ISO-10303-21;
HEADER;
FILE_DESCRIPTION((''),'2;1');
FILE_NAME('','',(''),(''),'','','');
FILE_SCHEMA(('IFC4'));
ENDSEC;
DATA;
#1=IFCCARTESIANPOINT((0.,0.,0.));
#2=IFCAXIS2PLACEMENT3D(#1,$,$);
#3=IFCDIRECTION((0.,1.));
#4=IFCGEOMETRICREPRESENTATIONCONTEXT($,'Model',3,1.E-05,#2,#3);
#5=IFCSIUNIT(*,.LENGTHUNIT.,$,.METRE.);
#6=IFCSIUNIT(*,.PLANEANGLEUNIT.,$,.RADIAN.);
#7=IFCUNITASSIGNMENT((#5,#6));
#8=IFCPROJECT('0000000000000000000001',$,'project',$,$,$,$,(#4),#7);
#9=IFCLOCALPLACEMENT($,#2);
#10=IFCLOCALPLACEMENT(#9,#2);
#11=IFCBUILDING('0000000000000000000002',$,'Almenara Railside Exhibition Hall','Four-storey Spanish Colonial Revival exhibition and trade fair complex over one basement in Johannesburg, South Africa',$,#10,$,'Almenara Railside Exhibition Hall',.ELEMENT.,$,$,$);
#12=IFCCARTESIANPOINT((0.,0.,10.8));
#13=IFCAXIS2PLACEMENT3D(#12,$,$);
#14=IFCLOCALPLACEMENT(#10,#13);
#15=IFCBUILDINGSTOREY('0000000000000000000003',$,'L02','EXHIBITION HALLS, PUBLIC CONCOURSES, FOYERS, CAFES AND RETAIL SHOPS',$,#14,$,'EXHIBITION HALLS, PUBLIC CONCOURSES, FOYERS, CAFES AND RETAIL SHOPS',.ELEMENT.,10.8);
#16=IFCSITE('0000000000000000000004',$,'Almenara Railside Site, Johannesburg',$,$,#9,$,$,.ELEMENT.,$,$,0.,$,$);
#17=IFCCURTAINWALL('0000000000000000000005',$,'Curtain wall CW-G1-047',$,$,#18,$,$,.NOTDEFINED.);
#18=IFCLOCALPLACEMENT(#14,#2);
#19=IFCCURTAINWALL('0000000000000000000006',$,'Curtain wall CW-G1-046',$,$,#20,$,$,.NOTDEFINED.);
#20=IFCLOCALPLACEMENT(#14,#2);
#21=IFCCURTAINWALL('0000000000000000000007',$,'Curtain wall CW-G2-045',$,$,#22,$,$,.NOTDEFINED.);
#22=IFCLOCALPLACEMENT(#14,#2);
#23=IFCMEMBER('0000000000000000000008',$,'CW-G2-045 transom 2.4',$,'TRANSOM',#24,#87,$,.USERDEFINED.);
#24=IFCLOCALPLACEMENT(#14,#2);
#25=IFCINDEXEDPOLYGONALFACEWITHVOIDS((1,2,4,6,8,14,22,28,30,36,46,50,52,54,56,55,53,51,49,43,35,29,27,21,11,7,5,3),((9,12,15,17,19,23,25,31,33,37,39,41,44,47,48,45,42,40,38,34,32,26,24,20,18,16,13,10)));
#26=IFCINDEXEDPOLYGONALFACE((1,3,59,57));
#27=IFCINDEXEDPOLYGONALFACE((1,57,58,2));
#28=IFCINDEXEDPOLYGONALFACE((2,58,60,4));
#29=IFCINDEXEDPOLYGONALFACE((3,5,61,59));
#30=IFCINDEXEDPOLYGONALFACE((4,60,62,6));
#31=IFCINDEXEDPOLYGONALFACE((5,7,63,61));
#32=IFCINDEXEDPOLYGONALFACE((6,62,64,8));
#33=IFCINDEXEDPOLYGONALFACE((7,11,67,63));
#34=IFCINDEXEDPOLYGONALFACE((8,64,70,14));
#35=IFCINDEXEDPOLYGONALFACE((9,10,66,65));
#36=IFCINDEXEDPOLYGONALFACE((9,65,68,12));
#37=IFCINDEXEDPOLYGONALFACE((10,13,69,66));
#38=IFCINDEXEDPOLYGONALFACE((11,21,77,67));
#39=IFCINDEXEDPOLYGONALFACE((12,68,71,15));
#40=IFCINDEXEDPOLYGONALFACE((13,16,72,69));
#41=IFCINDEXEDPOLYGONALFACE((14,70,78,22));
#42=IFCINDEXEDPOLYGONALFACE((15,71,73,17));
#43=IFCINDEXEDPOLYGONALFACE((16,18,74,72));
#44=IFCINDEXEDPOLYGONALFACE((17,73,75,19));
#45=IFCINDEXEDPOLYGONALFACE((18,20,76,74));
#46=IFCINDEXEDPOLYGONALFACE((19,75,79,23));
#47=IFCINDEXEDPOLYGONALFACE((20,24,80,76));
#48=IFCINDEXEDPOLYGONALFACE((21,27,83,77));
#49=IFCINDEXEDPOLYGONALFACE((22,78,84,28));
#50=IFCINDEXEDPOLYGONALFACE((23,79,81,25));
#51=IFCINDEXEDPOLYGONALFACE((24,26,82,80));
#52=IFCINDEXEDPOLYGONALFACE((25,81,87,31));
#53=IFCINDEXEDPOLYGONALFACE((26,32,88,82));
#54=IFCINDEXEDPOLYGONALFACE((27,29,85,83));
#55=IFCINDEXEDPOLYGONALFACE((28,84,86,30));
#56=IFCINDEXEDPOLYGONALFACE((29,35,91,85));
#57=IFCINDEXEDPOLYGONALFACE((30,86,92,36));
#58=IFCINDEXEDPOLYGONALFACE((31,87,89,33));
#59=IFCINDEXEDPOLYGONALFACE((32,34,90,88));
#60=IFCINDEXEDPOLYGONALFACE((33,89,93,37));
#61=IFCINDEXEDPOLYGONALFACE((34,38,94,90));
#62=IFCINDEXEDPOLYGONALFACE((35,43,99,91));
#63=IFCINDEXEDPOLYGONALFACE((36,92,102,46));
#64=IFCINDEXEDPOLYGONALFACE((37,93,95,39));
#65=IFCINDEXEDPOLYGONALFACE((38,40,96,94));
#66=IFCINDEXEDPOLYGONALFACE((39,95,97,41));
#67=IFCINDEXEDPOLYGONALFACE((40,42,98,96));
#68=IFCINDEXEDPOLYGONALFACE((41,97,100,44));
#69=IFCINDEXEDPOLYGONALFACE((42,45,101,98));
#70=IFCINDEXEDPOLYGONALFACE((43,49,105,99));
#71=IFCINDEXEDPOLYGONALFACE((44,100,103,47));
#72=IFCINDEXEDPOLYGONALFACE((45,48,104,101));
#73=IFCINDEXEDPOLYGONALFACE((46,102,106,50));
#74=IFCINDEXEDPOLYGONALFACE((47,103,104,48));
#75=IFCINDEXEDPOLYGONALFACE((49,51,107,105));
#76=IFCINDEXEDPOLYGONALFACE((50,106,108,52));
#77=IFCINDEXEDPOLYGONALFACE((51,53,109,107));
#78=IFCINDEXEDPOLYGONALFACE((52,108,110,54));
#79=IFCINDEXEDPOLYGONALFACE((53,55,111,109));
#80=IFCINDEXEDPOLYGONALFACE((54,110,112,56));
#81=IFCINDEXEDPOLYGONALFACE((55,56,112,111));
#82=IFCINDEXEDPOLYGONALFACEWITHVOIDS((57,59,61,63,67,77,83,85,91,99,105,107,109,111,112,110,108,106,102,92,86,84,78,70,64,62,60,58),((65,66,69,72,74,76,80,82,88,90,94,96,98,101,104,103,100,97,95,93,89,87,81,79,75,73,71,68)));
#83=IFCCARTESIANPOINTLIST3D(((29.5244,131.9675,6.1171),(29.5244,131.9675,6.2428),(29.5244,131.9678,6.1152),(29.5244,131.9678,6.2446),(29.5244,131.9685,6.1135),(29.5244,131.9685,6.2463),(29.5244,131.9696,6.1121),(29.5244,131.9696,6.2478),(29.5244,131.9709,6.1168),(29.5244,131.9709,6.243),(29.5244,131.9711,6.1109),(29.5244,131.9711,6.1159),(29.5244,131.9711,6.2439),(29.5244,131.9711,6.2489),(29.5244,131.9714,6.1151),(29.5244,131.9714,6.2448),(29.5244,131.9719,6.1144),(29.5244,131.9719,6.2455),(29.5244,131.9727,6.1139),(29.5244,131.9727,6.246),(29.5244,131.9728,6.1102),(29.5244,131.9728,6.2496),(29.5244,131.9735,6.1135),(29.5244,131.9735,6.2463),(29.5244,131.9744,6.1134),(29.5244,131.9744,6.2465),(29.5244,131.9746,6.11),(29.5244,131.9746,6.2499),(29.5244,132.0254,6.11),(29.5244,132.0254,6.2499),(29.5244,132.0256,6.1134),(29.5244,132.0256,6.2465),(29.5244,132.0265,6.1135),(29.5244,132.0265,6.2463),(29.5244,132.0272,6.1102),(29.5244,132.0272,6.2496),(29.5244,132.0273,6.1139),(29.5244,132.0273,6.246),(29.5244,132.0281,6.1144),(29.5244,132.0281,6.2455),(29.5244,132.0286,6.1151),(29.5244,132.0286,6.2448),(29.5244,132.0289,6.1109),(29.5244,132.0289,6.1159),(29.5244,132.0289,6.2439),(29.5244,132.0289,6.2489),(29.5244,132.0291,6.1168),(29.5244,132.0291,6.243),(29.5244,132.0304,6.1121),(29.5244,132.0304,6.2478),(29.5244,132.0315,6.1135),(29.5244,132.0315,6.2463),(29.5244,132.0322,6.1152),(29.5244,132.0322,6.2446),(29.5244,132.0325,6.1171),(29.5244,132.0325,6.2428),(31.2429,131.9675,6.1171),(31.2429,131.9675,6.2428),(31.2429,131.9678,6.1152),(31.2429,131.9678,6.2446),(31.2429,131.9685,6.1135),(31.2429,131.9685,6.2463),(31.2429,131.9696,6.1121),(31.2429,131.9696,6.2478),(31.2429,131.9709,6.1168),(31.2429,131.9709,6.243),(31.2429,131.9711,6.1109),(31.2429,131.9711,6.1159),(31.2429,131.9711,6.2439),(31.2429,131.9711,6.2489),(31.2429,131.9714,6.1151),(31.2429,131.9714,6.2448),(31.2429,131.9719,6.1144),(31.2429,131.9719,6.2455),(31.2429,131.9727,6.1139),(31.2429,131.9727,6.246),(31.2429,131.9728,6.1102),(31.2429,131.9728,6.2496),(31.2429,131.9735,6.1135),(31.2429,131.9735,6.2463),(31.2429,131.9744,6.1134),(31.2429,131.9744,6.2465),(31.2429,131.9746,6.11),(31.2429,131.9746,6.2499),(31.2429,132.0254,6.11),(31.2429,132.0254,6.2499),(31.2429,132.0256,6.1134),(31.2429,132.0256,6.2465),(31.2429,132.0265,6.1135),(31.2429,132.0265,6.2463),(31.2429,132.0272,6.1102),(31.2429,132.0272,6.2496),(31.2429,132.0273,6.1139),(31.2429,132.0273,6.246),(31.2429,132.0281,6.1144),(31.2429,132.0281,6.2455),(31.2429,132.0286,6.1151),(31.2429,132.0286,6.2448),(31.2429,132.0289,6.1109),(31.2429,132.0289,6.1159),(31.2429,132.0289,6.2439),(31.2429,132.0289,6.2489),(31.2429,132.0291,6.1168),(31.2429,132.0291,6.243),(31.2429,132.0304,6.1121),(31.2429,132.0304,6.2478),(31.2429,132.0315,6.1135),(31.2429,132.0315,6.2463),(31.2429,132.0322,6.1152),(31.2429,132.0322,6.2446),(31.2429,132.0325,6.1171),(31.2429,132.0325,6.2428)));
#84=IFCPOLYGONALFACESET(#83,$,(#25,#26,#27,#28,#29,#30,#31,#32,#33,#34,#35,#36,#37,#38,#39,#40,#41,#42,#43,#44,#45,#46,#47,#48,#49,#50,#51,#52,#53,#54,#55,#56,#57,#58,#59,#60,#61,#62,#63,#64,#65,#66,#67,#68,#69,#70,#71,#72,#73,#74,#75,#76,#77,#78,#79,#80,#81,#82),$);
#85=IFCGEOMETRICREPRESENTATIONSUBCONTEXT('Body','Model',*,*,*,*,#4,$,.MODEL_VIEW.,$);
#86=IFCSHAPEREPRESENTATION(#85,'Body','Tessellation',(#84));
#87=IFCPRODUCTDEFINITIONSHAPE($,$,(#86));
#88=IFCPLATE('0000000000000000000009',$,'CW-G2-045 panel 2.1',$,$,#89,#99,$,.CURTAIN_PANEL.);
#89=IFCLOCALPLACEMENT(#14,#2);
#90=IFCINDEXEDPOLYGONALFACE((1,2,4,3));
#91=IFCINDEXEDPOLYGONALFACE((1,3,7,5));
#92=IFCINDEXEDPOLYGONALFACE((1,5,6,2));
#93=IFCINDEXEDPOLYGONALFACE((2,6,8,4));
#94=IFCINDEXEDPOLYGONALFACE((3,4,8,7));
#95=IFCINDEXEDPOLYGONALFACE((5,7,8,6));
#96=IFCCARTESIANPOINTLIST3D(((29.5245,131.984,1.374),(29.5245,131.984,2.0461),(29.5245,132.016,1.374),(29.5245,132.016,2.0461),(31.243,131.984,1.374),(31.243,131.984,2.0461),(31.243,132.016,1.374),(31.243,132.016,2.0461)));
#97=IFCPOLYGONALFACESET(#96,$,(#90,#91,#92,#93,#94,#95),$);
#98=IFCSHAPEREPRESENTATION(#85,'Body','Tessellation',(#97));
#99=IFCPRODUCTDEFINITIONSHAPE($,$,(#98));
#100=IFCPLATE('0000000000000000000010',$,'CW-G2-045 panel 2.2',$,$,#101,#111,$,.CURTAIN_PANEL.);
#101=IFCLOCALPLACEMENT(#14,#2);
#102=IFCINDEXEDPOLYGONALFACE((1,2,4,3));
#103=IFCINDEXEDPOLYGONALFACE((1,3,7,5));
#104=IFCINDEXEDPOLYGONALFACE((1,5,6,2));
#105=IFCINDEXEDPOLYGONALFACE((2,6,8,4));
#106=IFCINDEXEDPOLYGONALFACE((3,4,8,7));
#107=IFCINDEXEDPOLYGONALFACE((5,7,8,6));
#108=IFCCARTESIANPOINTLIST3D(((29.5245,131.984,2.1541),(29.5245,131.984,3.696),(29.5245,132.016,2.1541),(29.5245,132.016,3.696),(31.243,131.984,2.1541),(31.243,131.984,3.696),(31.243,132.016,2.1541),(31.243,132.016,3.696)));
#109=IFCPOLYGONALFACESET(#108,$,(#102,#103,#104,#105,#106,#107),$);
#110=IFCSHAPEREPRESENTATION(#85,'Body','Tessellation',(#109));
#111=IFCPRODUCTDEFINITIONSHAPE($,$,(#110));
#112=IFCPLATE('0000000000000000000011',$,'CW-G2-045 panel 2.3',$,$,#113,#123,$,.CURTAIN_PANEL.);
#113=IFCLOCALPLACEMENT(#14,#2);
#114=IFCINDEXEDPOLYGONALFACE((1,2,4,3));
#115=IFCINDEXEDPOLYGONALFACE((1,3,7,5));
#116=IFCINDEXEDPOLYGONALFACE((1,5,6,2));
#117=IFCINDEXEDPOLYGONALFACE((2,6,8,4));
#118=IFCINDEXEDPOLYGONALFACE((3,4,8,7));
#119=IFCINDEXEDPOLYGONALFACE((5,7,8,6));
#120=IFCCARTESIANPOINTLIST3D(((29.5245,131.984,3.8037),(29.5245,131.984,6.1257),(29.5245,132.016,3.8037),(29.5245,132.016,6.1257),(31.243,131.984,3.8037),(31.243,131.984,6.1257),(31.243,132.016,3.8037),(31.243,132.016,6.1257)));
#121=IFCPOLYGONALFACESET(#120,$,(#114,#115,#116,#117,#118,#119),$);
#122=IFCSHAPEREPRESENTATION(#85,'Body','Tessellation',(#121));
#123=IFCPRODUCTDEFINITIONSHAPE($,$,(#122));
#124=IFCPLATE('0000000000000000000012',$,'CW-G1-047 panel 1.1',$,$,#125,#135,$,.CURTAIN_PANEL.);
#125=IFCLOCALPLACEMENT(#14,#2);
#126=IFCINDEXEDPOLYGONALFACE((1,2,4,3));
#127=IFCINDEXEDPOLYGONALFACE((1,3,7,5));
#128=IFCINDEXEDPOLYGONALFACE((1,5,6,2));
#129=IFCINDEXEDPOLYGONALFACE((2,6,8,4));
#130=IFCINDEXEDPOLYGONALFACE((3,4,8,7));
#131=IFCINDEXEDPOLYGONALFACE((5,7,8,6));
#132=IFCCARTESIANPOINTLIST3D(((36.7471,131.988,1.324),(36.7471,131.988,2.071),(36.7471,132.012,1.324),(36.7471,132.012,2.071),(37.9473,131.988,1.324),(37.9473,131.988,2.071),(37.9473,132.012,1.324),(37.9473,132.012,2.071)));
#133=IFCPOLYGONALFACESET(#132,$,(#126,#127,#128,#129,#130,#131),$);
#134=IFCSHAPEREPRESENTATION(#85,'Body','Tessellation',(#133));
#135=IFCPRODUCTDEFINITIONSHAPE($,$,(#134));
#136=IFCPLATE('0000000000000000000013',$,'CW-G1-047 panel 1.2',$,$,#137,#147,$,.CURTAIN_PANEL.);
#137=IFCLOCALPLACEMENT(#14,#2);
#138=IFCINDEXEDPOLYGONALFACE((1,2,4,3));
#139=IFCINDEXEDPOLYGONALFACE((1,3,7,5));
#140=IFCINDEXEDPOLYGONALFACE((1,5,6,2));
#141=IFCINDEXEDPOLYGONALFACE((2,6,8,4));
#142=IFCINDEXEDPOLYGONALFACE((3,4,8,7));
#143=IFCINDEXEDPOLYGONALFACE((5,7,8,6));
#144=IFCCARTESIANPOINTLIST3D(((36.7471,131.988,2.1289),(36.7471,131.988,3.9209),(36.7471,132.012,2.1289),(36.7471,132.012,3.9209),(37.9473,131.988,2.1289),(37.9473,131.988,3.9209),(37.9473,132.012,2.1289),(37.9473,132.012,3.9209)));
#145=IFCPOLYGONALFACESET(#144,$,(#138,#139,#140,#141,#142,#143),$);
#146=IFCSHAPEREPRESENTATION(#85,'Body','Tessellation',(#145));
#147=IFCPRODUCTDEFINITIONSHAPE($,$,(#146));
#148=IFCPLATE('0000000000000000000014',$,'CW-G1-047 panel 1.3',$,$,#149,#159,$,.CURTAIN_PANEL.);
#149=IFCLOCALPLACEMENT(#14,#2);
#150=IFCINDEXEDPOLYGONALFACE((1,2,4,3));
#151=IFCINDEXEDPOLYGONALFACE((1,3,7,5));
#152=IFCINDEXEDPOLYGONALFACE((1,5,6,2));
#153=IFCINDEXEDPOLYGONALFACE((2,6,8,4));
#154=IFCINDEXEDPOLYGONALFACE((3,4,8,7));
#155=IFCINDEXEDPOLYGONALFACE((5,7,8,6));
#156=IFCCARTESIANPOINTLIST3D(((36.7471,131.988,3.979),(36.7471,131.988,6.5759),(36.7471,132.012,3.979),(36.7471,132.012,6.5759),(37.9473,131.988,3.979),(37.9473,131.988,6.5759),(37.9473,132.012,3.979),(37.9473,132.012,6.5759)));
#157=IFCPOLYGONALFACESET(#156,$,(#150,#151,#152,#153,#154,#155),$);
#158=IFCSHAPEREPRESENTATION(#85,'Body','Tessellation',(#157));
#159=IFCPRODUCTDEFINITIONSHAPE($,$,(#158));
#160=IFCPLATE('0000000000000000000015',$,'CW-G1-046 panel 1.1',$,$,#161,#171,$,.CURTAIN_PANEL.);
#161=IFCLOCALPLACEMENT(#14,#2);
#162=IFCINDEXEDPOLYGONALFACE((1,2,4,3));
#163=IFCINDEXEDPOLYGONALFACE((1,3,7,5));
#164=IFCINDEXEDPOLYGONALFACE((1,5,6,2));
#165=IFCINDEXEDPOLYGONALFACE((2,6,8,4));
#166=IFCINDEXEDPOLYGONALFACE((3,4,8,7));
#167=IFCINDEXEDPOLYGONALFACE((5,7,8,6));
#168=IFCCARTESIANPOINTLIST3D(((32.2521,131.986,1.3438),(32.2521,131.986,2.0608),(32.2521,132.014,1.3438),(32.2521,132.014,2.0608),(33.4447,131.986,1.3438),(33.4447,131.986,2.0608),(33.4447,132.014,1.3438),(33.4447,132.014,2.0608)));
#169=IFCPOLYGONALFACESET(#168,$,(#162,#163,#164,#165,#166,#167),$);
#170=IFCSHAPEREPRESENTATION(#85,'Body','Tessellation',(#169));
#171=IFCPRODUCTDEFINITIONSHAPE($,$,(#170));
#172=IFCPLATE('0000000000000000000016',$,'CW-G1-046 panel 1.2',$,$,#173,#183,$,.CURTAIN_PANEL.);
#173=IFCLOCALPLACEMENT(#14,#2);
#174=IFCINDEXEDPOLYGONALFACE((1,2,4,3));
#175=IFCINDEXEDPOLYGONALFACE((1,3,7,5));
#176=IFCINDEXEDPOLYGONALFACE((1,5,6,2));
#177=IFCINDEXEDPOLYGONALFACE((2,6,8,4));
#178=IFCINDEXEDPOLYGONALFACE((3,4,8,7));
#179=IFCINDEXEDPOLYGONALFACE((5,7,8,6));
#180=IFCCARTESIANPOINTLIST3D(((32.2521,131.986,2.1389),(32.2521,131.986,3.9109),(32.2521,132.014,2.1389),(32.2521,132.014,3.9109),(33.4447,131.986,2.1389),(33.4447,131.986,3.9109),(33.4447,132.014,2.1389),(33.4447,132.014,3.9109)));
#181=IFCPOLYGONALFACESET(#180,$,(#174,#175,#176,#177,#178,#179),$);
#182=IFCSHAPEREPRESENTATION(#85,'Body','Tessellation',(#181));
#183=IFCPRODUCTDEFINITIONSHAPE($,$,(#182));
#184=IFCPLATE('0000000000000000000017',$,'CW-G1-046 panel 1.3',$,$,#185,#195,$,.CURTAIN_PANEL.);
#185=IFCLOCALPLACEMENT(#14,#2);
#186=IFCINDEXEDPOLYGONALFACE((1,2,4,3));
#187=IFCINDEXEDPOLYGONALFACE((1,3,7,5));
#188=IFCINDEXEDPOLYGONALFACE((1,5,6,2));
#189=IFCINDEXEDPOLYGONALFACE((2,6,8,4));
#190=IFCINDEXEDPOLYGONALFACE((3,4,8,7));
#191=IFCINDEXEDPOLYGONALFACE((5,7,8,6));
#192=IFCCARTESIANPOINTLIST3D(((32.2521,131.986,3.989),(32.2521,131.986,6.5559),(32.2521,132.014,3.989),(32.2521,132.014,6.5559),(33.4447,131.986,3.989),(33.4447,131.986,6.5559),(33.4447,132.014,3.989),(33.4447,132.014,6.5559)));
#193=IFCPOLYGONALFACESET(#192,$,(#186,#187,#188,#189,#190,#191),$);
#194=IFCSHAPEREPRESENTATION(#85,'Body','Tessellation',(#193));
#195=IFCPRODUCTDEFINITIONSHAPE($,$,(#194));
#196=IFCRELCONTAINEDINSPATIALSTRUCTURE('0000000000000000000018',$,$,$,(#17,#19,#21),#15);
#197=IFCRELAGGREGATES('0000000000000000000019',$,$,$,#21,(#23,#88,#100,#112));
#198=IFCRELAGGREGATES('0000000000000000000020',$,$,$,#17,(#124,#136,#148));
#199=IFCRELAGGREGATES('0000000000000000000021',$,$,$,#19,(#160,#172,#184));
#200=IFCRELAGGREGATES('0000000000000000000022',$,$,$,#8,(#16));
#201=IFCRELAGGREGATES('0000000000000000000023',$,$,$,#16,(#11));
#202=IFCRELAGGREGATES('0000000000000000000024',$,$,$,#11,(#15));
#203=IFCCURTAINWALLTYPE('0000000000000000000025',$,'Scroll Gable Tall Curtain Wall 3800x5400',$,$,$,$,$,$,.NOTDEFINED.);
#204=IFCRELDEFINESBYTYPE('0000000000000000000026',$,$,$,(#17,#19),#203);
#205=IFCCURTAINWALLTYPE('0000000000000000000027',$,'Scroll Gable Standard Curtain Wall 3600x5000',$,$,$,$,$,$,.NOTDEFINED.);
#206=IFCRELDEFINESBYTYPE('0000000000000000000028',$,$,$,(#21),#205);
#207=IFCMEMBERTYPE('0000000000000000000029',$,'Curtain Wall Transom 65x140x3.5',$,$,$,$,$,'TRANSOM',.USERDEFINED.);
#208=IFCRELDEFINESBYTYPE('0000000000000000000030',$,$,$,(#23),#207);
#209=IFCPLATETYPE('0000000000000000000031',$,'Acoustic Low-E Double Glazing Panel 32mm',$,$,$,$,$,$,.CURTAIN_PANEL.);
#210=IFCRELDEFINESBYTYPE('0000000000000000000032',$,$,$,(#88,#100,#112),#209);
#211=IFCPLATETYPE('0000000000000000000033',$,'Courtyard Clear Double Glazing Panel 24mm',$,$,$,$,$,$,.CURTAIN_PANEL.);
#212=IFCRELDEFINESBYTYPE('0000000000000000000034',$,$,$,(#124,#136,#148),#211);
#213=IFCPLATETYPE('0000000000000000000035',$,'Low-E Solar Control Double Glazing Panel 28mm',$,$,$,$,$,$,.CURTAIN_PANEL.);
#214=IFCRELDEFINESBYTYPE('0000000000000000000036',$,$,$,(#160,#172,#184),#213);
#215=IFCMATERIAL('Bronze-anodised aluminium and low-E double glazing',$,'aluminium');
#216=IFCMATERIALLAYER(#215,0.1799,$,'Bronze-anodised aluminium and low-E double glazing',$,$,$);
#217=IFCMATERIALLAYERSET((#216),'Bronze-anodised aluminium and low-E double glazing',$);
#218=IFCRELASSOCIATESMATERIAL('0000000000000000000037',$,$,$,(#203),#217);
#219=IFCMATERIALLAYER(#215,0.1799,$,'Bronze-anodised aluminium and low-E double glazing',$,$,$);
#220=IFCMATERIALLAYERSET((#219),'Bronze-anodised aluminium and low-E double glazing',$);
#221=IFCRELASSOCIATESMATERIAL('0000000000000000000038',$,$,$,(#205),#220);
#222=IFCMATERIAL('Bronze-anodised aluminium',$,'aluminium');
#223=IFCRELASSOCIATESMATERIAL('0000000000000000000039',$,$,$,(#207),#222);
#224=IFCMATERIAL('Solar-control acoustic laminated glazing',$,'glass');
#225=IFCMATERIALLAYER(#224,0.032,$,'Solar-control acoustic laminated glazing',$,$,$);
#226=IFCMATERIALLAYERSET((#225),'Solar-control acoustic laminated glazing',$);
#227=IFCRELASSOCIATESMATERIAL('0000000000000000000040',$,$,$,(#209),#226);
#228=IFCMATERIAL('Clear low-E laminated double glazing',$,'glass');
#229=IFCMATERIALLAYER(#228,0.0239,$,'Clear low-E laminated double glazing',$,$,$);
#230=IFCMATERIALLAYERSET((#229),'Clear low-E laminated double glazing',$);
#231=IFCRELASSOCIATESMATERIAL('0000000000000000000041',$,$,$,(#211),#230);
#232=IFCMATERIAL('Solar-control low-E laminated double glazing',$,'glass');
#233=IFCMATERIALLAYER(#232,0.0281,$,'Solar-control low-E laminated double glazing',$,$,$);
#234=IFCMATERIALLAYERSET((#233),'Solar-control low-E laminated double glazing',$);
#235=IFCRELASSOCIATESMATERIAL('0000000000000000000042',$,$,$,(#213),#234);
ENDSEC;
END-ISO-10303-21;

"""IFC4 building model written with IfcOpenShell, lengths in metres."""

from ifc_helpers import new_model, si_unit, direction, frame, origin, origin_2d, place, context, subcontext, project, spatial, rectangle, hollow_rectangle, extrude, material, layer, layer_set, material_profile, profile_set, type_object, element, aggregate, save


model = new_model("IFC4")

# Units and contexts
model_context = context("Model", 3, precision=1e-05, world=origin(), true_north=direction((0.0, 1.0)))
body_context = subcontext(model_context, "Body", "Model", "MODEL_VIEW")
ifc_project = project(units=[si_unit("LENGTHUNIT", "METRE"), si_unit("PLANEANGLEUNIT", "RADIAN")], contexts=[model_context])

# Site, building, storey
site_placement = place(None, origin())
site = spatial("IfcSite", under=ifc_project, at=site_placement, Name="Almenara Railside Site, Johannesburg", CompositionType="ELEMENT", RefElevation=0.0)
building_placement = place(site_placement, origin())
building = spatial("IfcBuilding", under=site, at=building_placement, Name="Almenara Railside Exhibition Hall", Description="Four-storey Spanish Colonial Revival exhibition and trade fair complex over one basement in Johannesburg, South Africa", LongName="Almenara Railside Exhibition Hall", CompositionType="ELEMENT")
storey_placement = place(building_placement, frame((0.0, 0.0, 10.8)))
storey = spatial("IfcBuildingStorey", under=building, at=storey_placement, Name="L02", Description="EXHIBITION HALLS, PUBLIC CONCOURSES, FOYERS, CAFES AND RETAIL SHOPS", LongName="EXHIBITION HALLS, PUBLIC CONCOURSES, FOYERS, CAFES AND RETAIL SHOPS", CompositionType="ELEMENT", Elevation=10.8)

# Curtain walls
ifc_material_1 = material(Name="Bronze-anodised aluminium and low-E double glazing", Category="aluminium")
ifc_layer_1 = layer(ifc_material_1, 0.1799, Name="Bronze-anodised aluminium and low-E double glazing")
ifc_layer_set_1 = layer_set([ifc_layer_1], Name="Bronze-anodised aluminium and low-E double glazing")
curtain_wall_type_1 = type_object("IfcCurtainWallType", Name="Scroll Gable Tall Curtain Wall 3800x5400", PredefinedType="NOTDEFINED", material=ifc_layer_set_1)
curtain_wall_1_placement = place(storey_placement, origin())
curtain_wall_1 = element("IfcCurtainWall", 1, at=curtain_wall_1_placement, inside=storey, type_object=curtain_wall_type_1, Name="Curtain wall CW-G1-047", PredefinedType="NOTDEFINED")
ifc_material_2 = material(Name="Bronze-anodised aluminium", Category="aluminium")
curtain_wall_2_placement = place(storey_placement, origin())
curtain_wall_2 = element("IfcCurtainWall", 2, at=curtain_wall_2_placement, inside=storey, type_object=curtain_wall_type_1, Name="Curtain wall CW-G1-046", PredefinedType="NOTDEFINED")

# Curtain wall
ifc_layer_2 = layer(ifc_material_1, 0.1799, Name="Bronze-anodised aluminium and low-E double glazing")
ifc_layer_set_2 = layer_set([ifc_layer_2], Name="Bronze-anodised aluminium and low-E double glazing")
curtain_wall_type_2 = type_object("IfcCurtainWallType", Name="Scroll Gable Standard Curtain Wall 3600x5000", PredefinedType="NOTDEFINED", material=ifc_layer_set_2)
curtain_wall_3_placement = place(storey_placement, origin())
curtain_wall_3 = element("IfcCurtainWall", 3, at=curtain_wall_3_placement, inside=storey, type_object=curtain_wall_type_2, Name="Curtain wall CW-G2-045", PredefinedType="NOTDEFINED")

# Member
ifc_material_profile_1 = material_profile(ifc_material_2, hollow_rectangle(XDim=0.0649, YDim=0.1399, WallThickness=0.0034, InnerFilletRadius=0.0034, OuterFilletRadius=0.0071, at=origin_2d()), Name="ALU-TRN 65x140x3.5")
ifc_profile_set_1 = profile_set([ifc_material_profile_1], Name="Bronze-anodised aluminium")
member_type_1 = type_object("IfcMemberType", Name="Curtain Wall Transom 65x140x3.5", ElementType="TRANSOM", PredefinedType="USERDEFINED", material=ifc_profile_set_1)
member_1_placement = place(storey_placement, frame((29.5244, 132.0, 6.1799), z_axis=(1.0, 0.0, 0.0), x_axis=(0.0, 1.0, 0.0)))
member_1 = element("IfcMember", 4, at=member_1_placement, type_object=member_type_1, Name="CW-G2-045 transom 2.4", ObjectType="TRANSOM", PredefinedType="USERDEFINED", context=body_context, shape_type="SweptSolid", body=[
    extrude(hollow_rectangle(XDim=0.0649, YDim=0.1399, WallThickness=0.0034, InnerFilletRadius=0.0034, OuterFilletRadius=0.0071, at=origin_2d()), origin(), (0.0, 0.0, 1.0), 1.7185),
])

# Plates
ifc_material_3 = material(Name="Solar-control acoustic laminated glazing", Category="glass")
ifc_layer_3 = layer(ifc_material_3, 0.032, Name="Solar-control acoustic laminated glazing")
ifc_layer_set_3 = layer_set([ifc_layer_3], Name="Solar-control acoustic laminated glazing")
plate_type_1 = type_object("IfcPlateType", Name="Acoustic Low-E Double Glazing Panel 32mm", PredefinedType="CURTAIN_PANEL", material=ifc_layer_set_3)
plate_1_placement = place(storey_placement, frame((30.3838, 132.0, 1.374), z_axis=(0.0, 0.0, 1.0), x_axis=(1.0, 0.0, 0.0)))
plate_1 = element("IfcPlate", 5, at=plate_1_placement, type_object=plate_type_1, Name="CW-G2-045 panel 2.1", PredefinedType="CURTAIN_PANEL", context=body_context, shape_type="SweptSolid", body=[
    extrude(rectangle(XDim=1.7185, YDim=0.032, at=origin_2d()), origin(), (0.0, 0.0, 1.0), 0.6721),
])
plate_2_placement = place(storey_placement, frame((30.3838, 132.0, 2.1541), z_axis=(0.0, 0.0, 1.0), x_axis=(1.0, 0.0, 0.0)))
plate_2 = element("IfcPlate", 6, at=plate_2_placement, type_object=plate_type_1, Name="CW-G2-045 panel 2.2", PredefinedType="CURTAIN_PANEL", context=body_context, shape_type="SweptSolid", body=[
    extrude(rectangle(XDim=1.7185, YDim=0.032, at=origin_2d()), origin(), (0.0, 0.0, 1.0), 1.542),
])
plate_3_placement = place(storey_placement, frame((30.3838, 132.0, 3.8037), z_axis=(0.0, 0.0, 1.0), x_axis=(1.0, 0.0, 0.0)))
plate_3 = element("IfcPlate", 7, at=plate_3_placement, type_object=plate_type_1, Name="CW-G2-045 panel 2.3", PredefinedType="CURTAIN_PANEL", context=body_context, shape_type="SweptSolid", body=[
    extrude(rectangle(XDim=1.7185, YDim=0.032, at=origin_2d()), origin(), (0.0, 0.0, 1.0), 2.322),
])
aggregate(curtain_wall_3, [member_1, plate_1, plate_2, plate_3])
ifc_material_4 = material(Name="Clear low-E laminated double glazing", Category="glass")
ifc_layer_4 = layer(ifc_material_4, 0.0239, Name="Clear low-E laminated double glazing")
ifc_layer_set_4 = layer_set([ifc_layer_4], Name="Clear low-E laminated double glazing")
plate_type_2 = type_object("IfcPlateType", Name="Courtyard Clear Double Glazing Panel 24mm", PredefinedType="CURTAIN_PANEL", material=ifc_layer_set_4)
plate_4_placement = place(storey_placement, frame((37.3472, 132.0, 1.324), z_axis=(0.0, 0.0, 1.0), x_axis=(1.0, 0.0, 0.0)))
plate_4 = element("IfcPlate", 8, at=plate_4_placement, type_object=plate_type_2, Name="CW-G1-047 panel 1.1", PredefinedType="CURTAIN_PANEL", context=body_context, shape_type="SweptSolid", body=[
    extrude(rectangle(XDim=1.2002, YDim=0.0239, at=origin_2d()), origin(), (0.0, 0.0, 1.0), 0.7471),
])
plate_5_placement = place(storey_placement, frame((37.3472, 132.0, 2.1289), z_axis=(0.0, 0.0, 1.0), x_axis=(1.0, 0.0, 0.0)))
plate_5 = element("IfcPlate", 9, at=plate_5_placement, type_object=plate_type_2, Name="CW-G1-047 panel 1.2", PredefinedType="CURTAIN_PANEL", context=body_context, shape_type="SweptSolid", body=[
    extrude(rectangle(XDim=1.2002, YDim=0.0239, at=origin_2d()), origin(), (0.0, 0.0, 1.0), 1.792),
])
plate_6_placement = place(storey_placement, frame((37.3472, 132.0, 3.979), z_axis=(0.0, 0.0, 1.0), x_axis=(1.0, 0.0, 0.0)))
plate_6 = element("IfcPlate", 10, at=plate_6_placement, type_object=plate_type_2, Name="CW-G1-047 panel 1.3", PredefinedType="CURTAIN_PANEL", context=body_context, shape_type="SweptSolid", body=[
    extrude(rectangle(XDim=1.2002, YDim=0.0239, at=origin_2d()), origin(), (0.0, 0.0, 1.0), 2.5969),
])
aggregate(curtain_wall_1, [plate_4, plate_5, plate_6])
ifc_material_5 = material(Name="Solar-control low-E laminated double glazing", Category="glass")
ifc_layer_5 = layer(ifc_material_5, 0.0281, Name="Solar-control low-E laminated double glazing")
ifc_layer_set_5 = layer_set([ifc_layer_5], Name="Solar-control low-E laminated double glazing")
plate_type_3 = type_object("IfcPlateType", Name="Low-E Solar Control Double Glazing Panel 28mm", PredefinedType="CURTAIN_PANEL", material=ifc_layer_set_5)
plate_7_placement = place(storey_placement, frame((32.8484, 132.0, 1.3438), z_axis=(0.0, 0.0, 1.0), x_axis=(1.0, 0.0, 0.0)))
plate_7 = element("IfcPlate", 11, at=plate_7_placement, type_object=plate_type_3, Name="CW-G1-046 panel 1.1", PredefinedType="CURTAIN_PANEL", context=body_context, shape_type="SweptSolid", body=[
    extrude(rectangle(XDim=1.1926, YDim=0.0281, at=origin_2d()), origin(), (0.0, 0.0, 1.0), 0.717),
])
plate_8_placement = place(storey_placement, frame((32.8484, 132.0, 2.1389), z_axis=(0.0, 0.0, 1.0), x_axis=(1.0, 0.0, 0.0)))
plate_8 = element("IfcPlate", 12, at=plate_8_placement, type_object=plate_type_3, Name="CW-G1-046 panel 1.2", PredefinedType="CURTAIN_PANEL", context=body_context, shape_type="SweptSolid", body=[
    extrude(rectangle(XDim=1.1926, YDim=0.0281, at=origin_2d()), origin(), (0.0, 0.0, 1.0), 1.772),
])
plate_9_placement = place(storey_placement, frame((32.8484, 132.0, 3.989), z_axis=(0.0, 0.0, 1.0), x_axis=(1.0, 0.0, 0.0)))
plate_9 = element("IfcPlate", 13, at=plate_9_placement, type_object=plate_type_3, Name="CW-G1-046 panel 1.3", PredefinedType="CURTAIN_PANEL", context=body_context, shape_type="SweptSolid", body=[
    extrude(rectangle(XDim=1.1926, YDim=0.0281, at=origin_2d()), origin(), (0.0, 0.0, 1.0), 2.5669),
])
aggregate(curtain_wall_2, [plate_7, plate_8, plate_9])

save(model, "model.ifc")
